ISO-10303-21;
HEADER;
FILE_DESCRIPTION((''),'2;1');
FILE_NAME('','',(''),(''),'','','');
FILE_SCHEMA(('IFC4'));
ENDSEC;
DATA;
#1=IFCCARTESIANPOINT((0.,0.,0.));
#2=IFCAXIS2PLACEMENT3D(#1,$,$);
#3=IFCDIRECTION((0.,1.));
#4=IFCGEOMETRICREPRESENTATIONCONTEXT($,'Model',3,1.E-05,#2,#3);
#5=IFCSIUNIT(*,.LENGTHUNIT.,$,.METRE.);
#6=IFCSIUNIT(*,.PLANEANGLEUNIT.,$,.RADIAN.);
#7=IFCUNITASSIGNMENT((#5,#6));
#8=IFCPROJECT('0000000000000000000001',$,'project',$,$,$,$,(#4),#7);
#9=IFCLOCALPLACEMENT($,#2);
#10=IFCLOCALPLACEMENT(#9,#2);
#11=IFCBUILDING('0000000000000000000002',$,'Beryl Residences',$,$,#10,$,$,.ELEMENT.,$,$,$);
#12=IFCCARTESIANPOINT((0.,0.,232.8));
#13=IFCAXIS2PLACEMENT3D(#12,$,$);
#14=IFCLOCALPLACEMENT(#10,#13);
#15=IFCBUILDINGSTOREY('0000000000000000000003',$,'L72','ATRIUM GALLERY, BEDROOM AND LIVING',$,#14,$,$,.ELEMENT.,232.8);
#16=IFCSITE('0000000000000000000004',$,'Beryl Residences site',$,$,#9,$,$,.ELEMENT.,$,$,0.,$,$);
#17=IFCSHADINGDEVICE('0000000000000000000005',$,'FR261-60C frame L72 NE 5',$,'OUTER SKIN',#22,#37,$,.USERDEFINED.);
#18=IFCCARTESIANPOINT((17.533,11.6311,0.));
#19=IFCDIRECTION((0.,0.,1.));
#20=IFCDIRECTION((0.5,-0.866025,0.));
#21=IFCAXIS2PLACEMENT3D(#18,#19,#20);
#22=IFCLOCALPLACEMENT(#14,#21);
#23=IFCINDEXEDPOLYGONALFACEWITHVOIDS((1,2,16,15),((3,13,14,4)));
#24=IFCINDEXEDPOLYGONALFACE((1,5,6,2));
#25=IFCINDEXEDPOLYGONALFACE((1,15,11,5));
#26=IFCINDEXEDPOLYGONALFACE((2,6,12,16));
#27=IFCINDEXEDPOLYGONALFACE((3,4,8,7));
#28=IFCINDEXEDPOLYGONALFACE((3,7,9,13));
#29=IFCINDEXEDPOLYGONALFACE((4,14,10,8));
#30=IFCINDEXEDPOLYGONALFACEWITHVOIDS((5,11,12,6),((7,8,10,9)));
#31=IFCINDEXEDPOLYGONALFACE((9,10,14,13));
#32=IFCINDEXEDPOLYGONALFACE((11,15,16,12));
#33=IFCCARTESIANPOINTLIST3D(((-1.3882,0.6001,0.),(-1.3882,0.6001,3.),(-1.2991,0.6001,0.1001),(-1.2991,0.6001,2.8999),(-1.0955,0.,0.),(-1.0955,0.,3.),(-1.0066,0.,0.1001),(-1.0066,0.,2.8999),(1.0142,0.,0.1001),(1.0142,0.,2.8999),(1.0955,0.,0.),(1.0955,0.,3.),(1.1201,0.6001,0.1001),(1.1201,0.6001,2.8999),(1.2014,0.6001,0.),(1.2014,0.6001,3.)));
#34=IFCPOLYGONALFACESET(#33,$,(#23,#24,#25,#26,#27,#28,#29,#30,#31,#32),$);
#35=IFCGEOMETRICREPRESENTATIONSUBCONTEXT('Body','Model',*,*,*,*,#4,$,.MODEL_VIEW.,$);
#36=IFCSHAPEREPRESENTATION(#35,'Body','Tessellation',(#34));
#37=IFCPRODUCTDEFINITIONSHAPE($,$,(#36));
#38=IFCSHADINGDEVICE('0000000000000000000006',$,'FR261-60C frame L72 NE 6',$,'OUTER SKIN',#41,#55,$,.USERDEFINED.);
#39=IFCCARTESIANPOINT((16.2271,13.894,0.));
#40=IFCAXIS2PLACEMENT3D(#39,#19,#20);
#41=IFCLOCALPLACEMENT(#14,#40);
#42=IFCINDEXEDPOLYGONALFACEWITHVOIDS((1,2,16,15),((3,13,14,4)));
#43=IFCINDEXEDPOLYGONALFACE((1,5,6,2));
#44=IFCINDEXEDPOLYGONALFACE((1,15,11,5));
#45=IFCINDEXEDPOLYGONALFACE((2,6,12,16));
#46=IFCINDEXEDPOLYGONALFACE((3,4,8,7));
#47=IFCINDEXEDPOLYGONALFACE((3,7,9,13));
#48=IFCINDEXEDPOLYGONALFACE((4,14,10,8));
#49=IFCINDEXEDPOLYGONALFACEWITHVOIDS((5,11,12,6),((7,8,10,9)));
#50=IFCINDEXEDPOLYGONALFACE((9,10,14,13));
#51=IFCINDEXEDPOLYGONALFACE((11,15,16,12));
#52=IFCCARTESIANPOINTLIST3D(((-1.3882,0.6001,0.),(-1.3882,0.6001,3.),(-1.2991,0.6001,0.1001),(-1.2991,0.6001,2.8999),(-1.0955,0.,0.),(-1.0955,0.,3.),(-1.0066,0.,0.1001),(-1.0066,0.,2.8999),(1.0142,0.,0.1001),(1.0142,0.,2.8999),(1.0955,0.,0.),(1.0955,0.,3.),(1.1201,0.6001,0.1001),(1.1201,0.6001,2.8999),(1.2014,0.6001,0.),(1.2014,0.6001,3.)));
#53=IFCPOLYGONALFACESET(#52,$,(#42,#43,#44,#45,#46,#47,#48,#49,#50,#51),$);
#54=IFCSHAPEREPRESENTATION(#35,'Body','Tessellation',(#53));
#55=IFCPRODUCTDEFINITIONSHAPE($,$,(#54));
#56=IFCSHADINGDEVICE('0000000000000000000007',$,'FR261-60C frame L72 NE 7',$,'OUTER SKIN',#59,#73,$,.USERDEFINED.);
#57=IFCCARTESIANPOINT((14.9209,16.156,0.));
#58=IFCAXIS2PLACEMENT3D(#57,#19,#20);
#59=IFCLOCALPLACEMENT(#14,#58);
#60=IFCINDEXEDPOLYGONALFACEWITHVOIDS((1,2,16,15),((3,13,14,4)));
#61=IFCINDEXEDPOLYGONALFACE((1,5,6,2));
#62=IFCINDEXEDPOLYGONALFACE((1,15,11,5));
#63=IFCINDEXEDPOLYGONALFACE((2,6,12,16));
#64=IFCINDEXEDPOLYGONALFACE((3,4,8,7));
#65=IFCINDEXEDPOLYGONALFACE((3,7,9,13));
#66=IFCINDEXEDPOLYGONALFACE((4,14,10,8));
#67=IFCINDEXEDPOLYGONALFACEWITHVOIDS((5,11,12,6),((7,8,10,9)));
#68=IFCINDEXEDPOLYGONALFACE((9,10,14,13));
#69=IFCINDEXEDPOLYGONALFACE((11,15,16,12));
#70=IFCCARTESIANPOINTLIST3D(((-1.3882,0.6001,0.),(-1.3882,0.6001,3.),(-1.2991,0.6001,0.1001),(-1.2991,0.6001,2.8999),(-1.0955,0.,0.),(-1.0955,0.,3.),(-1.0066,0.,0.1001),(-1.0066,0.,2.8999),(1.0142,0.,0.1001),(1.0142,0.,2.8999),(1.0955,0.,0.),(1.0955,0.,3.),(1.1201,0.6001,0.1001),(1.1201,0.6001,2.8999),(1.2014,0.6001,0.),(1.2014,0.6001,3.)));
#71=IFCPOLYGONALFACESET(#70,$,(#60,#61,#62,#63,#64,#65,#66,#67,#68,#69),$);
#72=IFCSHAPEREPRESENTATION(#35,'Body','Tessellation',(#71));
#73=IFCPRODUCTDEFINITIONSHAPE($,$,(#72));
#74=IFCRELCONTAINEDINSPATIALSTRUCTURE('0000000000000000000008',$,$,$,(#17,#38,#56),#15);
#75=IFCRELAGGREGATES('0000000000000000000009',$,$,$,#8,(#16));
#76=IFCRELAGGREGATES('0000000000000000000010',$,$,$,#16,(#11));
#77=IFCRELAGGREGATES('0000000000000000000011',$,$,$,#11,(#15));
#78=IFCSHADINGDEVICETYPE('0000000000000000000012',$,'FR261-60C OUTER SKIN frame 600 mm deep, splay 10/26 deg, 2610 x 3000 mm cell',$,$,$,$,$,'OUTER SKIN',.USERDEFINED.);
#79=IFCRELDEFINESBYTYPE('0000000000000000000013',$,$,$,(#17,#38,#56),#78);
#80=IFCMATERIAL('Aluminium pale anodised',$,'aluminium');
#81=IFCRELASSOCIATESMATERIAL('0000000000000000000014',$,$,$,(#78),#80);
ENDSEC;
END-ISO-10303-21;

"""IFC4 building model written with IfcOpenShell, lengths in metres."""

from ifc_helpers import new_model, entity, si_unit, direction, frame, origin, place, context, subcontext, project, spatial, source, transform, mapped, material, type_object, type_shapes, element, save


model = new_model("IFC4")

# Units and contexts
model_context = context("Model", 3, precision=1e-05, world=origin(), true_north=direction((0.0, 1.0)))
body_context = subcontext(model_context, "Body", "Model", "MODEL_VIEW")
ifc_project = project(units=[si_unit("LENGTHUNIT", "METRE"), si_unit("PLANEANGLEUNIT", "RADIAN")], contexts=[model_context])

# Site, building, storey
site_placement = place(None, origin())
site = spatial("IfcSite", under=ifc_project, at=site_placement, Name="Beryl Residences site", CompositionType="ELEMENT", RefElevation=0.0)
building_placement = place(site_placement, origin())
building = spatial("IfcBuilding", under=site, at=building_placement, Name="Beryl Residences", CompositionType="ELEMENT")
storey_placement = place(building_placement, frame((0.0, 0.0, 232.8)))
storey = spatial("IfcBuildingStorey", under=building, at=storey_placement, Name="L72", Description="ATRIUM GALLERY, BEDROOM AND LIVING", CompositionType="ELEMENT", Elevation=232.8)

# Shading devices
ifc_material_1 = material(Name="Aluminium pale anodised", Category="aluminium")
shading_device_type = type_object("IfcShadingDeviceType", Name="FR261-60C OUTER SKIN frame 600 mm deep, splay 10/26 deg, 2610 x 3000 mm cell", ElementType="OUTER SKIN", PredefinedType="USERDEFINED", material=ifc_material_1)
cartesian_point_1 = entity("IfcCartesianPoint", [-1.0955, 0.0])
cartesian_point_2 = entity("IfcCartesianPoint", [-1.0142, 0.1001])
cartesian_point_3 = entity("IfcCartesianPoint", [-1.2014, 0.0])
cartesian_point_4 = entity("IfcCartesianPoint", [-1.1201, 0.1001])
shared_shape_1 = source(origin(), body_context, "Body", "SweptSolid", [
    entity("IfcExtrudedAreaSolidTapered", entity("IfcArbitraryProfileDefWithVoids", "AREA", None, entity("IfcPolyline", [cartesian_point_1, entity("IfcCartesianPoint", [1.0955, 0.0]), entity("IfcCartesianPoint", [1.0955, 3.0]), entity("IfcCartesianPoint", [-1.0955, 3.0]), cartesian_point_1]), [entity("IfcPolyline", [cartesian_point_2, entity("IfcCartesianPoint", [1.0066, 0.1001]), entity("IfcCartesianPoint", [1.0066, 2.8999]), entity("IfcCartesianPoint", [-1.0142, 2.8999]), cartesian_point_2])]), entity("IfcAxis2Placement3D", entity("IfcCartesianPoint", [0.0, 0.0, 0.0]), entity("IfcDirection", [0.0, 1.0, 0.0]), entity("IfcDirection", [-1.0, 0.0, 0.0])), entity("IfcDirection", [0.0, 0.0, 1.0]), 0.6001, entity("IfcArbitraryProfileDefWithVoids", "AREA", None, entity("IfcPolyline", [cartesian_point_3, entity("IfcCartesianPoint", [1.3882, 0.0]), entity("IfcCartesianPoint", [1.3882, 3.0]), entity("IfcCartesianPoint", [-1.2014, 3.0]), cartesian_point_3]), [entity("IfcPolyline", [cartesian_point_4, entity("IfcCartesianPoint", [1.2991, 0.1001]), entity("IfcCartesianPoint", [1.2991, 2.8999]), entity("IfcCartesianPoint", [-1.1201, 2.8999]), cartesian_point_4])])),
])
type_shapes(shading_device_type, [shared_shape_1])
for number, where, z_axis, x_axis, name in (
    (1, (17.533, 11.6311, 0.0), (0.0, 0.0, 1.0), (0.5, -0.866025, 0.0), "FR261-60C frame L72 NE 5"),
    (2, (16.2271, 13.894, 0.0), (0.0, 0.0, 1.0), (0.5, -0.866025, 0.0), "FR261-60C frame L72 NE 6"),
    (3, (14.9209, 16.156, 0.0), (0.0, 0.0, 1.0), (0.5, -0.866025, 0.0), "FR261-60C frame L72 NE 7"),
):
    element("IfcShadingDevice", number, at=place(storey_placement, frame(where, z_axis=z_axis, x_axis=x_axis)), inside=storey, type_object=shading_device_type, Name=name, ObjectType="OUTER SKIN", PredefinedType="USERDEFINED", context=body_context, shape_type="MappedRepresentation", body=[
        mapped(shared_shape_1, transform((0.0, 0.0, 0.0))),
    ])

save(model, "model.ifc")
